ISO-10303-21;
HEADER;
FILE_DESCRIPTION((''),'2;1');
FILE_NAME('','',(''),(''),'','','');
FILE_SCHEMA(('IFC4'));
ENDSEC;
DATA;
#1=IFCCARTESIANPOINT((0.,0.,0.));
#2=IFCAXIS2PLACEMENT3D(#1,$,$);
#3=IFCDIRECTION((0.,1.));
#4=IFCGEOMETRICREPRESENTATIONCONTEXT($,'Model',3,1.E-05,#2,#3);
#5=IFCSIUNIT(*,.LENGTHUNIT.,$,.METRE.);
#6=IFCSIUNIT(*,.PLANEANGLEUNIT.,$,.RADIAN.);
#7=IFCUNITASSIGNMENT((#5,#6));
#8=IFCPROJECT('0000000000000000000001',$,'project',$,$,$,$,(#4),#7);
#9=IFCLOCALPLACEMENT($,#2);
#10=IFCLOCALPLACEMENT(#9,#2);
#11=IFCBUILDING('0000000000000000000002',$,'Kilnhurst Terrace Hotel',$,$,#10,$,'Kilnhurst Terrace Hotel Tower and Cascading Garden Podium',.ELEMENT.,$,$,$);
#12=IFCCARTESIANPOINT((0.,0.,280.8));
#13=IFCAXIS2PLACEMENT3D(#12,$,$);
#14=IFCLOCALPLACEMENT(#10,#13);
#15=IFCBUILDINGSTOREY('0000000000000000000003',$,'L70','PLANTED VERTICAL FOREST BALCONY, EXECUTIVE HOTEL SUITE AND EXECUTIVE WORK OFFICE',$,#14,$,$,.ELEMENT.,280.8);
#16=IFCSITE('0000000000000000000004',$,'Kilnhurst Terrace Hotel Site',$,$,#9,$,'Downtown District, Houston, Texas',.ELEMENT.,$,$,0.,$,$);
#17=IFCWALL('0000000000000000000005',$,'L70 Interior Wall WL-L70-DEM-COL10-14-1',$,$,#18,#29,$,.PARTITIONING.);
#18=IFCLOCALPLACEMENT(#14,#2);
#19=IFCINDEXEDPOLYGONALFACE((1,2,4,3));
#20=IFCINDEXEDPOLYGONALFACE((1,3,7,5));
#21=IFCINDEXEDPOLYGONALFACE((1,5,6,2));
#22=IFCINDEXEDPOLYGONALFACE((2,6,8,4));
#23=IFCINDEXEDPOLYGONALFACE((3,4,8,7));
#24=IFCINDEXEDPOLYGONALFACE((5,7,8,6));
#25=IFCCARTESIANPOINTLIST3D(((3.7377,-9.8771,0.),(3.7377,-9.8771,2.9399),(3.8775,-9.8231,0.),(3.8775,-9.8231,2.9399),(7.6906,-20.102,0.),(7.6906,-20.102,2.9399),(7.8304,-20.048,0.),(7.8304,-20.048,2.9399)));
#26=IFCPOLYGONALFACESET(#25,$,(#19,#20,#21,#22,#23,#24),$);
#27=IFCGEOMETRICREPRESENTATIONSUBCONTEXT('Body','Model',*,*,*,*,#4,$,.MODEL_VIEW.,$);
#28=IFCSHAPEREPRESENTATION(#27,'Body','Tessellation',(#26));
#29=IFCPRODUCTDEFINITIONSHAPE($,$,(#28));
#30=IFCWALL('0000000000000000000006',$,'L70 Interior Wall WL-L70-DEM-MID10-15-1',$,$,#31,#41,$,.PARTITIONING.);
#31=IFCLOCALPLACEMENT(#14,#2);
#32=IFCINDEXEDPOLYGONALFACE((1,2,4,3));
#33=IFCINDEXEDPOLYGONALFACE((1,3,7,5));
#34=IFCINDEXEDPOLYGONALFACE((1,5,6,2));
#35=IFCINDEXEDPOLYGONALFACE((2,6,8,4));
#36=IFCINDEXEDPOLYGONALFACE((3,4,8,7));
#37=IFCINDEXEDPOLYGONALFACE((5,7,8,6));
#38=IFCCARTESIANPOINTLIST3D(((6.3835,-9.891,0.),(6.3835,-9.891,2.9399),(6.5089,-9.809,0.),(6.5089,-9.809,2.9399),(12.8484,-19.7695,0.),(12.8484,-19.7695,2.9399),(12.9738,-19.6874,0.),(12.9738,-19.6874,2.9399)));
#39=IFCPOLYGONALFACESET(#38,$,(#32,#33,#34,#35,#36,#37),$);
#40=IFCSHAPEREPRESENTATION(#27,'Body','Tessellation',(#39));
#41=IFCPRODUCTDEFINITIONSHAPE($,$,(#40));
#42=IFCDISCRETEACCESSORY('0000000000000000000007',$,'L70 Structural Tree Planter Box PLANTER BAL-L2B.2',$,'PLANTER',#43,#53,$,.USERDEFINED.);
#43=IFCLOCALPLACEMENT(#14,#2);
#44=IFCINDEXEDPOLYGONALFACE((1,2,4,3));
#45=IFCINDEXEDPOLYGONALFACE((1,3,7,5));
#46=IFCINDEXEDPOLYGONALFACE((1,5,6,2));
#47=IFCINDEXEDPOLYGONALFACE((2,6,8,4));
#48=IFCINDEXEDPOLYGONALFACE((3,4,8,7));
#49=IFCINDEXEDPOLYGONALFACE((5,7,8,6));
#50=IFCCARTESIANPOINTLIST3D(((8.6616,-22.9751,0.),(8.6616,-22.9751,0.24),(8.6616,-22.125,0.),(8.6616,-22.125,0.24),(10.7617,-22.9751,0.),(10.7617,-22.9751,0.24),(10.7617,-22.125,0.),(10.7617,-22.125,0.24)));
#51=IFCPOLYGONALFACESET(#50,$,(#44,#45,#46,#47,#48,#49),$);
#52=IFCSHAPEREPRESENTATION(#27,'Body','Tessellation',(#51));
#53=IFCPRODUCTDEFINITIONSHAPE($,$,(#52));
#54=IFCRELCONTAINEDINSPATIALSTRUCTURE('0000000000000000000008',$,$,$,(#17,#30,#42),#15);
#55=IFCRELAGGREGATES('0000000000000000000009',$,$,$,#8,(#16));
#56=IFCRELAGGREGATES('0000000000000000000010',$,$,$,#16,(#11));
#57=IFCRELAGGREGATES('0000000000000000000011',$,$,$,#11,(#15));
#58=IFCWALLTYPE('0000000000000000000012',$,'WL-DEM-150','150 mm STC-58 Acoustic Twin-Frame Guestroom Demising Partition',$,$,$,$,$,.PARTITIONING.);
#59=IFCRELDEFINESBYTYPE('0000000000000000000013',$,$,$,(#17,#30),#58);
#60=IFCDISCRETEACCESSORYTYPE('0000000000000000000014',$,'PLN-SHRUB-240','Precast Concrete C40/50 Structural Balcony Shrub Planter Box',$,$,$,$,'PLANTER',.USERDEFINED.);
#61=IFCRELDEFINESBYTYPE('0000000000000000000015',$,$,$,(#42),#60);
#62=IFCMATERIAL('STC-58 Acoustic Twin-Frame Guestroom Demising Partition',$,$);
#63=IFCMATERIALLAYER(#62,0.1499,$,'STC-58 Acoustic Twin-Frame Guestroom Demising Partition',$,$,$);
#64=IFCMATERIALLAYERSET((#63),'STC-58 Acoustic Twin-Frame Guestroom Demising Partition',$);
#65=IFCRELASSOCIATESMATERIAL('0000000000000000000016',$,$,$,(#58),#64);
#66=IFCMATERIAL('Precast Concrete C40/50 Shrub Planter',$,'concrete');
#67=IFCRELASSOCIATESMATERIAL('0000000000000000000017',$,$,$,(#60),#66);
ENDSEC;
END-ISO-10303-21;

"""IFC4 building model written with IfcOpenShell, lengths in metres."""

from ifc_helpers import new_model, si_unit, direction, frame, frame_2d, origin, origin_2d, place, context, subcontext, project, spatial, rectangle, extrude, material, layer, layer_set, type_object, element, save


model = new_model("IFC4")

# Units and contexts
model_context = context("Model", 3, precision=1e-05, world=origin(), true_north=direction((0.0, 1.0)))
body_context = subcontext(model_context, "Body", "Model", "MODEL_VIEW")
ifc_project = project(units=[si_unit("LENGTHUNIT", "METRE"), si_unit("PLANEANGLEUNIT", "RADIAN")], contexts=[model_context])

# Site, building, storey
site_placement = place(None, origin())
site = spatial("IfcSite", under=ifc_project, at=site_placement, Name="Kilnhurst Terrace Hotel Site", LongName="Downtown District, Houston, Texas", CompositionType="ELEMENT", RefElevation=0.0)
building_placement = place(site_placement, origin())
building = spatial("IfcBuilding", under=site, at=building_placement, Name="Kilnhurst Terrace Hotel", LongName="Kilnhurst Terrace Hotel Tower and Cascading Garden Podium", CompositionType="ELEMENT")
storey_placement = place(building_placement, frame((0.0, 0.0, 280.8)))
storey = spatial("IfcBuildingStorey", under=building, at=storey_placement, Name="L70", Description="PLANTED VERTICAL FOREST BALCONY, EXECUTIVE HOTEL SUITE AND EXECUTIVE WORK OFFICE", CompositionType="ELEMENT", Elevation=280.8)

# Walls
ifc_material_1 = material(Name="STC-58 Acoustic Twin-Frame Guestroom Demising Partition")
ifc_layer_1 = layer(ifc_material_1, 0.1499, Name="STC-58 Acoustic Twin-Frame Guestroom Demising Partition")
ifc_layer_set_1 = layer_set([ifc_layer_1], Name="STC-58 Acoustic Twin-Frame Guestroom Demising Partition")
wall_type_1 = type_object("IfcWallType", Name="WL-DEM-150", Description="150 mm STC-58 Acoustic Twin-Frame Guestroom Demising Partition", PredefinedType="PARTITIONING", material=ifc_layer_set_1)
wall_1_placement = place(storey_placement, frame((3.8076, -9.8501, 0.0), z_axis=(0.0, 0.0, 1.0), x_axis=(0.360587, -0.932725, 0.0)))
element("IfcWall", 1, at=wall_1_placement, inside=storey, type_object=wall_type_1, Name="L70 Interior Wall WL-L70-DEM-COL10-14-1", PredefinedType="PARTITIONING", context=body_context, shape_type="SweptSolid", body=[
    extrude(rectangle(XDim=10.9624, YDim=0.1499, at=frame_2d((5.4812, 0.0))), origin(), (0.0, 0.0, 1.0), 2.9399),
])
wall_2_placement = place(storey_placement, frame((6.4463, -9.8501, 0.0), z_axis=(0.0, 0.0, 1.0), x_axis=(0.547598, -0.836741, 0.0)))
element("IfcWall", 2, at=wall_2_placement, inside=storey, type_object=wall_type_1, Name="L70 Interior Wall WL-L70-DEM-MID10-15-1", PredefinedType="PARTITIONING", context=body_context, shape_type="SweptSolid", body=[
    extrude(rectangle(XDim=11.8059, YDim=0.1499, at=frame_2d((5.9028, 0.0))), origin(), (0.0, 0.0, 1.0), 2.9399),
])

# Discrete accessory
ifc_material_2 = material(Name="Precast Concrete C40/50 Shrub Planter", Category="concrete")
discrete_accessory_type = type_object("IfcDiscreteAccessoryType", Name="PLN-SHRUB-240", Description="Precast Concrete C40/50 Structural Balcony Shrub Planter Box", ElementType="PLANTER", PredefinedType="USERDEFINED", material=ifc_material_2)
discrete_accessory_placement = place(storey_placement, frame((9.7117, -22.55, 0.0), z_axis=(0.0, 0.0, 1.0), x_axis=(1.0, 0.0, 0.0)))
element("IfcDiscreteAccessory", 3, at=discrete_accessory_placement, inside=storey, type_object=discrete_accessory_type, Name="L70 Structural Tree Planter Box PLANTER BAL-L2B.2", ObjectType="PLANTER", PredefinedType="USERDEFINED", context=body_context, shape_type="SweptSolid", body=[
    extrude(rectangle(XDim=2.1001, YDim=0.8501, at=origin_2d()), origin(), (0.0, 0.0, 1.0), 0.24),
])

save(model, "model.ifc")
